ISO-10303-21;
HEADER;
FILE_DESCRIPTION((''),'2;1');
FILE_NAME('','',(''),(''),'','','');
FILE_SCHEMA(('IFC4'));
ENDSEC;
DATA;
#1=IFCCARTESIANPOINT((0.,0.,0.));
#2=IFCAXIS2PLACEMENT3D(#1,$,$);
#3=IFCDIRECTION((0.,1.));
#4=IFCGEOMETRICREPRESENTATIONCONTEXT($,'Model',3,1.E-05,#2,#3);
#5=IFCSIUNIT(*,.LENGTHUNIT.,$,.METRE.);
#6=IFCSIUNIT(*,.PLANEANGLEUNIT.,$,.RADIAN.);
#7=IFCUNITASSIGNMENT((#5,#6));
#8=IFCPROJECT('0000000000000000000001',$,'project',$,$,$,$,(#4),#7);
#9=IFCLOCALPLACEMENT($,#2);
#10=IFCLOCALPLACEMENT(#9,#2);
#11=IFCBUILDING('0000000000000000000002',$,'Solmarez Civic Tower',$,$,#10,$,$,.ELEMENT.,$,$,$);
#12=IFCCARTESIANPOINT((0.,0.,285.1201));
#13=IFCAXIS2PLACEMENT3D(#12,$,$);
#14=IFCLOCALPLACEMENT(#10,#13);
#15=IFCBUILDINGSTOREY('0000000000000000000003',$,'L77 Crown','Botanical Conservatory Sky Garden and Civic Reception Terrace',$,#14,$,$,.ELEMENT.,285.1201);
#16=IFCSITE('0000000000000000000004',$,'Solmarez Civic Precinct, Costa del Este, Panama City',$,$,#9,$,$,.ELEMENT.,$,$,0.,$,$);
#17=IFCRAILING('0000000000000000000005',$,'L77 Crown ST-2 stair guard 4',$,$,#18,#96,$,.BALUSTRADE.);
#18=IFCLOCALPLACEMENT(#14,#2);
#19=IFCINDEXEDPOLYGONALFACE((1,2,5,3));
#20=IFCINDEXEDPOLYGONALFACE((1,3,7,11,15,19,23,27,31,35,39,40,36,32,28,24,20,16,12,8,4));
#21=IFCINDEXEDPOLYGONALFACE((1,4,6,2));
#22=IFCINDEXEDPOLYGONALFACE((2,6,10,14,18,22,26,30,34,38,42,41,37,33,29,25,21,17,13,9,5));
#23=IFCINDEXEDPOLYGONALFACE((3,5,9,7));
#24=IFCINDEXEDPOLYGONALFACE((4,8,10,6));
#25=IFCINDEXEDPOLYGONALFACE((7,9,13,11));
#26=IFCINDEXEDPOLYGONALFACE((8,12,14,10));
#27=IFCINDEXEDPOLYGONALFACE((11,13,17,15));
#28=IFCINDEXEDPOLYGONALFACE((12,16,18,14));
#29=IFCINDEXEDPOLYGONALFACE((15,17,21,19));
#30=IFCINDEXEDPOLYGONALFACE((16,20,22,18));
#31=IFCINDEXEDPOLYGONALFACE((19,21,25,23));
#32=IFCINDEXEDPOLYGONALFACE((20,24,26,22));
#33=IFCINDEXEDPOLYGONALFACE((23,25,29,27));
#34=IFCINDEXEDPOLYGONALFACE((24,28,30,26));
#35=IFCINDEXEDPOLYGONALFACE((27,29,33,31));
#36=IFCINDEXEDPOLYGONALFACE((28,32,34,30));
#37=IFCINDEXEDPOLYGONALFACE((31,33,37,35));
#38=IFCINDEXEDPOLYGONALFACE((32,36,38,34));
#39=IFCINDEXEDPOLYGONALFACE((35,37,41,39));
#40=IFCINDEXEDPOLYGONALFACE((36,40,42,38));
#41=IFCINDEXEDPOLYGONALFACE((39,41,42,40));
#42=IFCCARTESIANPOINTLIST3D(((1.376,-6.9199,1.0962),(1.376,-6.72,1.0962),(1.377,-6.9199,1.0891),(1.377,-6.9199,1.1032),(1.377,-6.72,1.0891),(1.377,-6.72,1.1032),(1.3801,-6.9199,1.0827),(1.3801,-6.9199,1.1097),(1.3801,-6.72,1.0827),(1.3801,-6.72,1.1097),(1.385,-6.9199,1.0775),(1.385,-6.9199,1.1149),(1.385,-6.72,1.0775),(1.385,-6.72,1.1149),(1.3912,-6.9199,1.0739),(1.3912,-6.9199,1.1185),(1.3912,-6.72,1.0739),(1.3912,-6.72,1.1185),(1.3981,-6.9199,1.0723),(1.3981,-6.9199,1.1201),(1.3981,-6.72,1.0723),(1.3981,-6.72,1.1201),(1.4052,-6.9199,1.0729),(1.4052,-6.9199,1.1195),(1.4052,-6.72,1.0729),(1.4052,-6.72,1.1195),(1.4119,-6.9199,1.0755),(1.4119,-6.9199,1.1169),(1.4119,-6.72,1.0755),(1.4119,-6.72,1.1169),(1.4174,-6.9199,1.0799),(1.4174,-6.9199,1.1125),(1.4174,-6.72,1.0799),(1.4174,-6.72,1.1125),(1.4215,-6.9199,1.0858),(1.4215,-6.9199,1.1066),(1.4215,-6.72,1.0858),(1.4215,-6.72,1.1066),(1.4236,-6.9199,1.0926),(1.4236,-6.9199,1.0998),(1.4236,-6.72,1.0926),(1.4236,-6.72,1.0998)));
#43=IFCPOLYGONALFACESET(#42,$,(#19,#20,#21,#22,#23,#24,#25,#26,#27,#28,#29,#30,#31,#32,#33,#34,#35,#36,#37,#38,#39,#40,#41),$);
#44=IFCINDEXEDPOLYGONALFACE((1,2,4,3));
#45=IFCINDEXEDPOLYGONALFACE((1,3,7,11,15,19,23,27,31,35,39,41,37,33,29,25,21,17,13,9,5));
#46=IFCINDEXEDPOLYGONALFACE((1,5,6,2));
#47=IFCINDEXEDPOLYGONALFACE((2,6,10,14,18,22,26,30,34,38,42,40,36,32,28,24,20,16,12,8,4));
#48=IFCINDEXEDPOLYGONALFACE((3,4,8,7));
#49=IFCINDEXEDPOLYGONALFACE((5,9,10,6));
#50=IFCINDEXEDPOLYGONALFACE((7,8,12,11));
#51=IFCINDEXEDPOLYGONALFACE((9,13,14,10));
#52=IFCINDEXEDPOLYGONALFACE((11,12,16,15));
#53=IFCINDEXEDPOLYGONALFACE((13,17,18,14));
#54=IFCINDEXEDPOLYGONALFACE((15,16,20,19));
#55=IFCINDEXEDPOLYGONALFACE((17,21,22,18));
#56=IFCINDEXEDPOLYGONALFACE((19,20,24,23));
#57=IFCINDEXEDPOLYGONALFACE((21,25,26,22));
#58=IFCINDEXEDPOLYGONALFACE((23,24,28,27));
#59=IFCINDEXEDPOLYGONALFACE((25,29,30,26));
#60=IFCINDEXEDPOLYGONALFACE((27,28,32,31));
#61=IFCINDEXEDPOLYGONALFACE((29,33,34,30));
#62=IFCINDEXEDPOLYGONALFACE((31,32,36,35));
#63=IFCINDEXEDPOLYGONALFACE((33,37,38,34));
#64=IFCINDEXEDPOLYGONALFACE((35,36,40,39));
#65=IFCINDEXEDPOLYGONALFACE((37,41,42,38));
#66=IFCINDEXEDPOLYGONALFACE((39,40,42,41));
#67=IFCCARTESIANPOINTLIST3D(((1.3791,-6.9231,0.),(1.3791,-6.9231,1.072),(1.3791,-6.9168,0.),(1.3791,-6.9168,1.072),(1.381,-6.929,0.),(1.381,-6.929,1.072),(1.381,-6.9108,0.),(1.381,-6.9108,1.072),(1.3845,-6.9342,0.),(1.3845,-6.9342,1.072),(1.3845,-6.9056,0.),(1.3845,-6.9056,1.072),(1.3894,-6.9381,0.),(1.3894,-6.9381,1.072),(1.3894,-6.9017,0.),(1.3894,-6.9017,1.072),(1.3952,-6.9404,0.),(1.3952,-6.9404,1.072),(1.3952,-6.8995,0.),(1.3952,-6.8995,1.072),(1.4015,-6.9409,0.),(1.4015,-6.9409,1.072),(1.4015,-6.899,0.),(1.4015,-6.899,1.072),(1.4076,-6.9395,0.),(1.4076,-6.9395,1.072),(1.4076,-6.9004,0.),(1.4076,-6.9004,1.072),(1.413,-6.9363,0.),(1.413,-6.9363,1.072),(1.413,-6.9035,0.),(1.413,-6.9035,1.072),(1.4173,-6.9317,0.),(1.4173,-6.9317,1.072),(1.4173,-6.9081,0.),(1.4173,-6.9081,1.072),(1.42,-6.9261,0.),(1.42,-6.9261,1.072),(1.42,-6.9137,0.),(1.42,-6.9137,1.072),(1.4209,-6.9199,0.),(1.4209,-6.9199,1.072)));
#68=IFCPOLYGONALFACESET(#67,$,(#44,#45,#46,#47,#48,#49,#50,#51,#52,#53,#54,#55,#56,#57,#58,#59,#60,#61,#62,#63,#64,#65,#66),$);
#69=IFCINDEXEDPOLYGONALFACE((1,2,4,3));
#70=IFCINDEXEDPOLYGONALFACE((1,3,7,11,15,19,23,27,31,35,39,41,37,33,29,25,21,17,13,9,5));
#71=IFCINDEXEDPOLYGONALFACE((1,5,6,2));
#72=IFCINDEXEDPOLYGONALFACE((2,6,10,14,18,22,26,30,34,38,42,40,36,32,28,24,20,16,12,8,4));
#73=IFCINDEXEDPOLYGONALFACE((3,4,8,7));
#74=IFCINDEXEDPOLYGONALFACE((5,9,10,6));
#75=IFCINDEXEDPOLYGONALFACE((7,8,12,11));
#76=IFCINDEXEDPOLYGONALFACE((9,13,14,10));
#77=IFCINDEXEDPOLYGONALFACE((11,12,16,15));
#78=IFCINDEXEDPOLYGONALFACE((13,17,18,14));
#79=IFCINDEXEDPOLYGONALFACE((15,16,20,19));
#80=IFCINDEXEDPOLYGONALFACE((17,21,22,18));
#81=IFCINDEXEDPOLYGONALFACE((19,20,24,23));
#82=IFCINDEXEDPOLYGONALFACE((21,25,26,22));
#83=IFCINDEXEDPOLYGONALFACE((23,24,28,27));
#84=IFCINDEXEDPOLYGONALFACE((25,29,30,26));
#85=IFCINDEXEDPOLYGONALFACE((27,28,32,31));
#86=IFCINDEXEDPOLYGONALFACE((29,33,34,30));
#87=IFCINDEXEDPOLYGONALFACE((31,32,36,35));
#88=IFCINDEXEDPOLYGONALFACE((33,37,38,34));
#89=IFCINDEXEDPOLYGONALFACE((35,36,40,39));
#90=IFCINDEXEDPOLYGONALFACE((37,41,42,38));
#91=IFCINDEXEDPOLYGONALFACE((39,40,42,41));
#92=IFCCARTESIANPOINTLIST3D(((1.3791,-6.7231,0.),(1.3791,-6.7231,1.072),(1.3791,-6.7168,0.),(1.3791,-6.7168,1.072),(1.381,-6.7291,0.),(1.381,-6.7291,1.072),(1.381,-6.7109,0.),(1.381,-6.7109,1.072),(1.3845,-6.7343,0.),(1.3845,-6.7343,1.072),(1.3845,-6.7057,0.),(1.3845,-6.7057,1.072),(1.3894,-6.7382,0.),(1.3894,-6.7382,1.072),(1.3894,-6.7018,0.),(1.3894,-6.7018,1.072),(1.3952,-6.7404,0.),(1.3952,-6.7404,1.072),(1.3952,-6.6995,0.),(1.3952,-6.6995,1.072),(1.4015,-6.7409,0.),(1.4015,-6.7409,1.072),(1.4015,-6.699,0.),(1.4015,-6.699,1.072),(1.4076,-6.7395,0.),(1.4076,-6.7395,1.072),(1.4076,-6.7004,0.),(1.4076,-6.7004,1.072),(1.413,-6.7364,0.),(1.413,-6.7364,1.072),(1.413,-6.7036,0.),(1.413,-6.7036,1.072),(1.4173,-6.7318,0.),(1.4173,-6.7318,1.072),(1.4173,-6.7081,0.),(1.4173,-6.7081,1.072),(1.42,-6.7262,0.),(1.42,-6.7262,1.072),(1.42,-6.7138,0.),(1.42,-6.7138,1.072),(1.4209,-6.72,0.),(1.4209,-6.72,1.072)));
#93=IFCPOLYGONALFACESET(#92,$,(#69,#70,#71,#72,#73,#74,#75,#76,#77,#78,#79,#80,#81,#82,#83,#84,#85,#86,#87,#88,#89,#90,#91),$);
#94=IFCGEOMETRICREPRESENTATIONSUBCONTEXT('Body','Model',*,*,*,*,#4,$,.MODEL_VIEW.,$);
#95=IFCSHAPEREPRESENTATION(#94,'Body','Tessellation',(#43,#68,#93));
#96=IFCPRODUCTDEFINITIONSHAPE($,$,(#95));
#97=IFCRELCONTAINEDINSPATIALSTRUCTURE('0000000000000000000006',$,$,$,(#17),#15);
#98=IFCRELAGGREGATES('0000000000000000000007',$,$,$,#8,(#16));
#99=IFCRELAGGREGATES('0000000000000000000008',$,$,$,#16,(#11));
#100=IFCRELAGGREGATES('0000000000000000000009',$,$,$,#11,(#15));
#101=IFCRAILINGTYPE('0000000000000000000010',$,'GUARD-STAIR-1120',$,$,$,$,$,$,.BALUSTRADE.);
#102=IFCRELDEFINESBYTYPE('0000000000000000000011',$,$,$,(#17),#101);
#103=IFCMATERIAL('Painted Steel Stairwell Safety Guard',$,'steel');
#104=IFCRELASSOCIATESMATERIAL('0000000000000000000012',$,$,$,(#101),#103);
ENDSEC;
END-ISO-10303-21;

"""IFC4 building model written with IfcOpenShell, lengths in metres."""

from ifc_helpers import new_model, si_unit, direction, frame, origin, origin_2d, place, context, subcontext, project, spatial, circle, extrude, material, type_object, element, save


model = new_model("IFC4")

# Units and contexts
model_context = context("Model", 3, precision=1e-05, world=origin(), true_north=direction((0.0, 1.0)))
body_context = subcontext(model_context, "Body", "Model", "MODEL_VIEW")
ifc_project = project(units=[si_unit("LENGTHUNIT", "METRE"), si_unit("PLANEANGLEUNIT", "RADIAN")], contexts=[model_context])

# Site, building, storey
site_placement = place(None, origin())
site = spatial("IfcSite", under=ifc_project, at=site_placement, Name="Solmarez Civic Precinct, Costa del Este, Panama City", CompositionType="ELEMENT", RefElevation=0.0)
building_placement = place(site_placement, origin())
building = spatial("IfcBuilding", under=site, at=building_placement, Name="Solmarez Civic Tower", CompositionType="ELEMENT")
storey_placement = place(building_placement, frame((0.0, 0.0, 285.1201)))
storey = spatial("IfcBuildingStorey", under=building, at=storey_placement, Name="L77 Crown", Description="Botanical Conservatory Sky Garden and Civic Reception Terrace", CompositionType="ELEMENT", Elevation=285.1201)

# Railing
ifc_material_1 = material(Name="Painted Steel Stairwell Safety Guard", Category="steel")
railing_type_1 = type_object("IfcRailingType", Name="GUARD-STAIR-1120", PredefinedType="BALUSTRADE", material=ifc_material_1)
railing_1_placement = place(storey_placement, frame((1.3999, -6.9199, 0.0)))
element("IfcRailing", 1, at=railing_1_placement, inside=storey, type_object=railing_type_1, Name="L77 Crown ST-2 stair guard 4", PredefinedType="BALUSTRADE", context=body_context, shape_type="SweptSolid", body=[
    extrude(circle(Radius=0.0239, at=origin_2d()), frame((0.0, 0.0, 1.0962), z_axis=(0.0, 1.0, 0.0), x_axis=(-1.0, 0.0, 0.0)), (0.0, 0.0, 1.0), 0.2),
    extrude(circle(Radius=0.021, at=origin_2d()), origin(), (0.0, 0.0, 1.0), 1.072),
    extrude(circle(Radius=0.021, at=origin_2d()), frame((0.0, 0.2, 0.0)), (0.0, 0.0, 1.0), 1.072),
])

save(model, "model.ifc")
